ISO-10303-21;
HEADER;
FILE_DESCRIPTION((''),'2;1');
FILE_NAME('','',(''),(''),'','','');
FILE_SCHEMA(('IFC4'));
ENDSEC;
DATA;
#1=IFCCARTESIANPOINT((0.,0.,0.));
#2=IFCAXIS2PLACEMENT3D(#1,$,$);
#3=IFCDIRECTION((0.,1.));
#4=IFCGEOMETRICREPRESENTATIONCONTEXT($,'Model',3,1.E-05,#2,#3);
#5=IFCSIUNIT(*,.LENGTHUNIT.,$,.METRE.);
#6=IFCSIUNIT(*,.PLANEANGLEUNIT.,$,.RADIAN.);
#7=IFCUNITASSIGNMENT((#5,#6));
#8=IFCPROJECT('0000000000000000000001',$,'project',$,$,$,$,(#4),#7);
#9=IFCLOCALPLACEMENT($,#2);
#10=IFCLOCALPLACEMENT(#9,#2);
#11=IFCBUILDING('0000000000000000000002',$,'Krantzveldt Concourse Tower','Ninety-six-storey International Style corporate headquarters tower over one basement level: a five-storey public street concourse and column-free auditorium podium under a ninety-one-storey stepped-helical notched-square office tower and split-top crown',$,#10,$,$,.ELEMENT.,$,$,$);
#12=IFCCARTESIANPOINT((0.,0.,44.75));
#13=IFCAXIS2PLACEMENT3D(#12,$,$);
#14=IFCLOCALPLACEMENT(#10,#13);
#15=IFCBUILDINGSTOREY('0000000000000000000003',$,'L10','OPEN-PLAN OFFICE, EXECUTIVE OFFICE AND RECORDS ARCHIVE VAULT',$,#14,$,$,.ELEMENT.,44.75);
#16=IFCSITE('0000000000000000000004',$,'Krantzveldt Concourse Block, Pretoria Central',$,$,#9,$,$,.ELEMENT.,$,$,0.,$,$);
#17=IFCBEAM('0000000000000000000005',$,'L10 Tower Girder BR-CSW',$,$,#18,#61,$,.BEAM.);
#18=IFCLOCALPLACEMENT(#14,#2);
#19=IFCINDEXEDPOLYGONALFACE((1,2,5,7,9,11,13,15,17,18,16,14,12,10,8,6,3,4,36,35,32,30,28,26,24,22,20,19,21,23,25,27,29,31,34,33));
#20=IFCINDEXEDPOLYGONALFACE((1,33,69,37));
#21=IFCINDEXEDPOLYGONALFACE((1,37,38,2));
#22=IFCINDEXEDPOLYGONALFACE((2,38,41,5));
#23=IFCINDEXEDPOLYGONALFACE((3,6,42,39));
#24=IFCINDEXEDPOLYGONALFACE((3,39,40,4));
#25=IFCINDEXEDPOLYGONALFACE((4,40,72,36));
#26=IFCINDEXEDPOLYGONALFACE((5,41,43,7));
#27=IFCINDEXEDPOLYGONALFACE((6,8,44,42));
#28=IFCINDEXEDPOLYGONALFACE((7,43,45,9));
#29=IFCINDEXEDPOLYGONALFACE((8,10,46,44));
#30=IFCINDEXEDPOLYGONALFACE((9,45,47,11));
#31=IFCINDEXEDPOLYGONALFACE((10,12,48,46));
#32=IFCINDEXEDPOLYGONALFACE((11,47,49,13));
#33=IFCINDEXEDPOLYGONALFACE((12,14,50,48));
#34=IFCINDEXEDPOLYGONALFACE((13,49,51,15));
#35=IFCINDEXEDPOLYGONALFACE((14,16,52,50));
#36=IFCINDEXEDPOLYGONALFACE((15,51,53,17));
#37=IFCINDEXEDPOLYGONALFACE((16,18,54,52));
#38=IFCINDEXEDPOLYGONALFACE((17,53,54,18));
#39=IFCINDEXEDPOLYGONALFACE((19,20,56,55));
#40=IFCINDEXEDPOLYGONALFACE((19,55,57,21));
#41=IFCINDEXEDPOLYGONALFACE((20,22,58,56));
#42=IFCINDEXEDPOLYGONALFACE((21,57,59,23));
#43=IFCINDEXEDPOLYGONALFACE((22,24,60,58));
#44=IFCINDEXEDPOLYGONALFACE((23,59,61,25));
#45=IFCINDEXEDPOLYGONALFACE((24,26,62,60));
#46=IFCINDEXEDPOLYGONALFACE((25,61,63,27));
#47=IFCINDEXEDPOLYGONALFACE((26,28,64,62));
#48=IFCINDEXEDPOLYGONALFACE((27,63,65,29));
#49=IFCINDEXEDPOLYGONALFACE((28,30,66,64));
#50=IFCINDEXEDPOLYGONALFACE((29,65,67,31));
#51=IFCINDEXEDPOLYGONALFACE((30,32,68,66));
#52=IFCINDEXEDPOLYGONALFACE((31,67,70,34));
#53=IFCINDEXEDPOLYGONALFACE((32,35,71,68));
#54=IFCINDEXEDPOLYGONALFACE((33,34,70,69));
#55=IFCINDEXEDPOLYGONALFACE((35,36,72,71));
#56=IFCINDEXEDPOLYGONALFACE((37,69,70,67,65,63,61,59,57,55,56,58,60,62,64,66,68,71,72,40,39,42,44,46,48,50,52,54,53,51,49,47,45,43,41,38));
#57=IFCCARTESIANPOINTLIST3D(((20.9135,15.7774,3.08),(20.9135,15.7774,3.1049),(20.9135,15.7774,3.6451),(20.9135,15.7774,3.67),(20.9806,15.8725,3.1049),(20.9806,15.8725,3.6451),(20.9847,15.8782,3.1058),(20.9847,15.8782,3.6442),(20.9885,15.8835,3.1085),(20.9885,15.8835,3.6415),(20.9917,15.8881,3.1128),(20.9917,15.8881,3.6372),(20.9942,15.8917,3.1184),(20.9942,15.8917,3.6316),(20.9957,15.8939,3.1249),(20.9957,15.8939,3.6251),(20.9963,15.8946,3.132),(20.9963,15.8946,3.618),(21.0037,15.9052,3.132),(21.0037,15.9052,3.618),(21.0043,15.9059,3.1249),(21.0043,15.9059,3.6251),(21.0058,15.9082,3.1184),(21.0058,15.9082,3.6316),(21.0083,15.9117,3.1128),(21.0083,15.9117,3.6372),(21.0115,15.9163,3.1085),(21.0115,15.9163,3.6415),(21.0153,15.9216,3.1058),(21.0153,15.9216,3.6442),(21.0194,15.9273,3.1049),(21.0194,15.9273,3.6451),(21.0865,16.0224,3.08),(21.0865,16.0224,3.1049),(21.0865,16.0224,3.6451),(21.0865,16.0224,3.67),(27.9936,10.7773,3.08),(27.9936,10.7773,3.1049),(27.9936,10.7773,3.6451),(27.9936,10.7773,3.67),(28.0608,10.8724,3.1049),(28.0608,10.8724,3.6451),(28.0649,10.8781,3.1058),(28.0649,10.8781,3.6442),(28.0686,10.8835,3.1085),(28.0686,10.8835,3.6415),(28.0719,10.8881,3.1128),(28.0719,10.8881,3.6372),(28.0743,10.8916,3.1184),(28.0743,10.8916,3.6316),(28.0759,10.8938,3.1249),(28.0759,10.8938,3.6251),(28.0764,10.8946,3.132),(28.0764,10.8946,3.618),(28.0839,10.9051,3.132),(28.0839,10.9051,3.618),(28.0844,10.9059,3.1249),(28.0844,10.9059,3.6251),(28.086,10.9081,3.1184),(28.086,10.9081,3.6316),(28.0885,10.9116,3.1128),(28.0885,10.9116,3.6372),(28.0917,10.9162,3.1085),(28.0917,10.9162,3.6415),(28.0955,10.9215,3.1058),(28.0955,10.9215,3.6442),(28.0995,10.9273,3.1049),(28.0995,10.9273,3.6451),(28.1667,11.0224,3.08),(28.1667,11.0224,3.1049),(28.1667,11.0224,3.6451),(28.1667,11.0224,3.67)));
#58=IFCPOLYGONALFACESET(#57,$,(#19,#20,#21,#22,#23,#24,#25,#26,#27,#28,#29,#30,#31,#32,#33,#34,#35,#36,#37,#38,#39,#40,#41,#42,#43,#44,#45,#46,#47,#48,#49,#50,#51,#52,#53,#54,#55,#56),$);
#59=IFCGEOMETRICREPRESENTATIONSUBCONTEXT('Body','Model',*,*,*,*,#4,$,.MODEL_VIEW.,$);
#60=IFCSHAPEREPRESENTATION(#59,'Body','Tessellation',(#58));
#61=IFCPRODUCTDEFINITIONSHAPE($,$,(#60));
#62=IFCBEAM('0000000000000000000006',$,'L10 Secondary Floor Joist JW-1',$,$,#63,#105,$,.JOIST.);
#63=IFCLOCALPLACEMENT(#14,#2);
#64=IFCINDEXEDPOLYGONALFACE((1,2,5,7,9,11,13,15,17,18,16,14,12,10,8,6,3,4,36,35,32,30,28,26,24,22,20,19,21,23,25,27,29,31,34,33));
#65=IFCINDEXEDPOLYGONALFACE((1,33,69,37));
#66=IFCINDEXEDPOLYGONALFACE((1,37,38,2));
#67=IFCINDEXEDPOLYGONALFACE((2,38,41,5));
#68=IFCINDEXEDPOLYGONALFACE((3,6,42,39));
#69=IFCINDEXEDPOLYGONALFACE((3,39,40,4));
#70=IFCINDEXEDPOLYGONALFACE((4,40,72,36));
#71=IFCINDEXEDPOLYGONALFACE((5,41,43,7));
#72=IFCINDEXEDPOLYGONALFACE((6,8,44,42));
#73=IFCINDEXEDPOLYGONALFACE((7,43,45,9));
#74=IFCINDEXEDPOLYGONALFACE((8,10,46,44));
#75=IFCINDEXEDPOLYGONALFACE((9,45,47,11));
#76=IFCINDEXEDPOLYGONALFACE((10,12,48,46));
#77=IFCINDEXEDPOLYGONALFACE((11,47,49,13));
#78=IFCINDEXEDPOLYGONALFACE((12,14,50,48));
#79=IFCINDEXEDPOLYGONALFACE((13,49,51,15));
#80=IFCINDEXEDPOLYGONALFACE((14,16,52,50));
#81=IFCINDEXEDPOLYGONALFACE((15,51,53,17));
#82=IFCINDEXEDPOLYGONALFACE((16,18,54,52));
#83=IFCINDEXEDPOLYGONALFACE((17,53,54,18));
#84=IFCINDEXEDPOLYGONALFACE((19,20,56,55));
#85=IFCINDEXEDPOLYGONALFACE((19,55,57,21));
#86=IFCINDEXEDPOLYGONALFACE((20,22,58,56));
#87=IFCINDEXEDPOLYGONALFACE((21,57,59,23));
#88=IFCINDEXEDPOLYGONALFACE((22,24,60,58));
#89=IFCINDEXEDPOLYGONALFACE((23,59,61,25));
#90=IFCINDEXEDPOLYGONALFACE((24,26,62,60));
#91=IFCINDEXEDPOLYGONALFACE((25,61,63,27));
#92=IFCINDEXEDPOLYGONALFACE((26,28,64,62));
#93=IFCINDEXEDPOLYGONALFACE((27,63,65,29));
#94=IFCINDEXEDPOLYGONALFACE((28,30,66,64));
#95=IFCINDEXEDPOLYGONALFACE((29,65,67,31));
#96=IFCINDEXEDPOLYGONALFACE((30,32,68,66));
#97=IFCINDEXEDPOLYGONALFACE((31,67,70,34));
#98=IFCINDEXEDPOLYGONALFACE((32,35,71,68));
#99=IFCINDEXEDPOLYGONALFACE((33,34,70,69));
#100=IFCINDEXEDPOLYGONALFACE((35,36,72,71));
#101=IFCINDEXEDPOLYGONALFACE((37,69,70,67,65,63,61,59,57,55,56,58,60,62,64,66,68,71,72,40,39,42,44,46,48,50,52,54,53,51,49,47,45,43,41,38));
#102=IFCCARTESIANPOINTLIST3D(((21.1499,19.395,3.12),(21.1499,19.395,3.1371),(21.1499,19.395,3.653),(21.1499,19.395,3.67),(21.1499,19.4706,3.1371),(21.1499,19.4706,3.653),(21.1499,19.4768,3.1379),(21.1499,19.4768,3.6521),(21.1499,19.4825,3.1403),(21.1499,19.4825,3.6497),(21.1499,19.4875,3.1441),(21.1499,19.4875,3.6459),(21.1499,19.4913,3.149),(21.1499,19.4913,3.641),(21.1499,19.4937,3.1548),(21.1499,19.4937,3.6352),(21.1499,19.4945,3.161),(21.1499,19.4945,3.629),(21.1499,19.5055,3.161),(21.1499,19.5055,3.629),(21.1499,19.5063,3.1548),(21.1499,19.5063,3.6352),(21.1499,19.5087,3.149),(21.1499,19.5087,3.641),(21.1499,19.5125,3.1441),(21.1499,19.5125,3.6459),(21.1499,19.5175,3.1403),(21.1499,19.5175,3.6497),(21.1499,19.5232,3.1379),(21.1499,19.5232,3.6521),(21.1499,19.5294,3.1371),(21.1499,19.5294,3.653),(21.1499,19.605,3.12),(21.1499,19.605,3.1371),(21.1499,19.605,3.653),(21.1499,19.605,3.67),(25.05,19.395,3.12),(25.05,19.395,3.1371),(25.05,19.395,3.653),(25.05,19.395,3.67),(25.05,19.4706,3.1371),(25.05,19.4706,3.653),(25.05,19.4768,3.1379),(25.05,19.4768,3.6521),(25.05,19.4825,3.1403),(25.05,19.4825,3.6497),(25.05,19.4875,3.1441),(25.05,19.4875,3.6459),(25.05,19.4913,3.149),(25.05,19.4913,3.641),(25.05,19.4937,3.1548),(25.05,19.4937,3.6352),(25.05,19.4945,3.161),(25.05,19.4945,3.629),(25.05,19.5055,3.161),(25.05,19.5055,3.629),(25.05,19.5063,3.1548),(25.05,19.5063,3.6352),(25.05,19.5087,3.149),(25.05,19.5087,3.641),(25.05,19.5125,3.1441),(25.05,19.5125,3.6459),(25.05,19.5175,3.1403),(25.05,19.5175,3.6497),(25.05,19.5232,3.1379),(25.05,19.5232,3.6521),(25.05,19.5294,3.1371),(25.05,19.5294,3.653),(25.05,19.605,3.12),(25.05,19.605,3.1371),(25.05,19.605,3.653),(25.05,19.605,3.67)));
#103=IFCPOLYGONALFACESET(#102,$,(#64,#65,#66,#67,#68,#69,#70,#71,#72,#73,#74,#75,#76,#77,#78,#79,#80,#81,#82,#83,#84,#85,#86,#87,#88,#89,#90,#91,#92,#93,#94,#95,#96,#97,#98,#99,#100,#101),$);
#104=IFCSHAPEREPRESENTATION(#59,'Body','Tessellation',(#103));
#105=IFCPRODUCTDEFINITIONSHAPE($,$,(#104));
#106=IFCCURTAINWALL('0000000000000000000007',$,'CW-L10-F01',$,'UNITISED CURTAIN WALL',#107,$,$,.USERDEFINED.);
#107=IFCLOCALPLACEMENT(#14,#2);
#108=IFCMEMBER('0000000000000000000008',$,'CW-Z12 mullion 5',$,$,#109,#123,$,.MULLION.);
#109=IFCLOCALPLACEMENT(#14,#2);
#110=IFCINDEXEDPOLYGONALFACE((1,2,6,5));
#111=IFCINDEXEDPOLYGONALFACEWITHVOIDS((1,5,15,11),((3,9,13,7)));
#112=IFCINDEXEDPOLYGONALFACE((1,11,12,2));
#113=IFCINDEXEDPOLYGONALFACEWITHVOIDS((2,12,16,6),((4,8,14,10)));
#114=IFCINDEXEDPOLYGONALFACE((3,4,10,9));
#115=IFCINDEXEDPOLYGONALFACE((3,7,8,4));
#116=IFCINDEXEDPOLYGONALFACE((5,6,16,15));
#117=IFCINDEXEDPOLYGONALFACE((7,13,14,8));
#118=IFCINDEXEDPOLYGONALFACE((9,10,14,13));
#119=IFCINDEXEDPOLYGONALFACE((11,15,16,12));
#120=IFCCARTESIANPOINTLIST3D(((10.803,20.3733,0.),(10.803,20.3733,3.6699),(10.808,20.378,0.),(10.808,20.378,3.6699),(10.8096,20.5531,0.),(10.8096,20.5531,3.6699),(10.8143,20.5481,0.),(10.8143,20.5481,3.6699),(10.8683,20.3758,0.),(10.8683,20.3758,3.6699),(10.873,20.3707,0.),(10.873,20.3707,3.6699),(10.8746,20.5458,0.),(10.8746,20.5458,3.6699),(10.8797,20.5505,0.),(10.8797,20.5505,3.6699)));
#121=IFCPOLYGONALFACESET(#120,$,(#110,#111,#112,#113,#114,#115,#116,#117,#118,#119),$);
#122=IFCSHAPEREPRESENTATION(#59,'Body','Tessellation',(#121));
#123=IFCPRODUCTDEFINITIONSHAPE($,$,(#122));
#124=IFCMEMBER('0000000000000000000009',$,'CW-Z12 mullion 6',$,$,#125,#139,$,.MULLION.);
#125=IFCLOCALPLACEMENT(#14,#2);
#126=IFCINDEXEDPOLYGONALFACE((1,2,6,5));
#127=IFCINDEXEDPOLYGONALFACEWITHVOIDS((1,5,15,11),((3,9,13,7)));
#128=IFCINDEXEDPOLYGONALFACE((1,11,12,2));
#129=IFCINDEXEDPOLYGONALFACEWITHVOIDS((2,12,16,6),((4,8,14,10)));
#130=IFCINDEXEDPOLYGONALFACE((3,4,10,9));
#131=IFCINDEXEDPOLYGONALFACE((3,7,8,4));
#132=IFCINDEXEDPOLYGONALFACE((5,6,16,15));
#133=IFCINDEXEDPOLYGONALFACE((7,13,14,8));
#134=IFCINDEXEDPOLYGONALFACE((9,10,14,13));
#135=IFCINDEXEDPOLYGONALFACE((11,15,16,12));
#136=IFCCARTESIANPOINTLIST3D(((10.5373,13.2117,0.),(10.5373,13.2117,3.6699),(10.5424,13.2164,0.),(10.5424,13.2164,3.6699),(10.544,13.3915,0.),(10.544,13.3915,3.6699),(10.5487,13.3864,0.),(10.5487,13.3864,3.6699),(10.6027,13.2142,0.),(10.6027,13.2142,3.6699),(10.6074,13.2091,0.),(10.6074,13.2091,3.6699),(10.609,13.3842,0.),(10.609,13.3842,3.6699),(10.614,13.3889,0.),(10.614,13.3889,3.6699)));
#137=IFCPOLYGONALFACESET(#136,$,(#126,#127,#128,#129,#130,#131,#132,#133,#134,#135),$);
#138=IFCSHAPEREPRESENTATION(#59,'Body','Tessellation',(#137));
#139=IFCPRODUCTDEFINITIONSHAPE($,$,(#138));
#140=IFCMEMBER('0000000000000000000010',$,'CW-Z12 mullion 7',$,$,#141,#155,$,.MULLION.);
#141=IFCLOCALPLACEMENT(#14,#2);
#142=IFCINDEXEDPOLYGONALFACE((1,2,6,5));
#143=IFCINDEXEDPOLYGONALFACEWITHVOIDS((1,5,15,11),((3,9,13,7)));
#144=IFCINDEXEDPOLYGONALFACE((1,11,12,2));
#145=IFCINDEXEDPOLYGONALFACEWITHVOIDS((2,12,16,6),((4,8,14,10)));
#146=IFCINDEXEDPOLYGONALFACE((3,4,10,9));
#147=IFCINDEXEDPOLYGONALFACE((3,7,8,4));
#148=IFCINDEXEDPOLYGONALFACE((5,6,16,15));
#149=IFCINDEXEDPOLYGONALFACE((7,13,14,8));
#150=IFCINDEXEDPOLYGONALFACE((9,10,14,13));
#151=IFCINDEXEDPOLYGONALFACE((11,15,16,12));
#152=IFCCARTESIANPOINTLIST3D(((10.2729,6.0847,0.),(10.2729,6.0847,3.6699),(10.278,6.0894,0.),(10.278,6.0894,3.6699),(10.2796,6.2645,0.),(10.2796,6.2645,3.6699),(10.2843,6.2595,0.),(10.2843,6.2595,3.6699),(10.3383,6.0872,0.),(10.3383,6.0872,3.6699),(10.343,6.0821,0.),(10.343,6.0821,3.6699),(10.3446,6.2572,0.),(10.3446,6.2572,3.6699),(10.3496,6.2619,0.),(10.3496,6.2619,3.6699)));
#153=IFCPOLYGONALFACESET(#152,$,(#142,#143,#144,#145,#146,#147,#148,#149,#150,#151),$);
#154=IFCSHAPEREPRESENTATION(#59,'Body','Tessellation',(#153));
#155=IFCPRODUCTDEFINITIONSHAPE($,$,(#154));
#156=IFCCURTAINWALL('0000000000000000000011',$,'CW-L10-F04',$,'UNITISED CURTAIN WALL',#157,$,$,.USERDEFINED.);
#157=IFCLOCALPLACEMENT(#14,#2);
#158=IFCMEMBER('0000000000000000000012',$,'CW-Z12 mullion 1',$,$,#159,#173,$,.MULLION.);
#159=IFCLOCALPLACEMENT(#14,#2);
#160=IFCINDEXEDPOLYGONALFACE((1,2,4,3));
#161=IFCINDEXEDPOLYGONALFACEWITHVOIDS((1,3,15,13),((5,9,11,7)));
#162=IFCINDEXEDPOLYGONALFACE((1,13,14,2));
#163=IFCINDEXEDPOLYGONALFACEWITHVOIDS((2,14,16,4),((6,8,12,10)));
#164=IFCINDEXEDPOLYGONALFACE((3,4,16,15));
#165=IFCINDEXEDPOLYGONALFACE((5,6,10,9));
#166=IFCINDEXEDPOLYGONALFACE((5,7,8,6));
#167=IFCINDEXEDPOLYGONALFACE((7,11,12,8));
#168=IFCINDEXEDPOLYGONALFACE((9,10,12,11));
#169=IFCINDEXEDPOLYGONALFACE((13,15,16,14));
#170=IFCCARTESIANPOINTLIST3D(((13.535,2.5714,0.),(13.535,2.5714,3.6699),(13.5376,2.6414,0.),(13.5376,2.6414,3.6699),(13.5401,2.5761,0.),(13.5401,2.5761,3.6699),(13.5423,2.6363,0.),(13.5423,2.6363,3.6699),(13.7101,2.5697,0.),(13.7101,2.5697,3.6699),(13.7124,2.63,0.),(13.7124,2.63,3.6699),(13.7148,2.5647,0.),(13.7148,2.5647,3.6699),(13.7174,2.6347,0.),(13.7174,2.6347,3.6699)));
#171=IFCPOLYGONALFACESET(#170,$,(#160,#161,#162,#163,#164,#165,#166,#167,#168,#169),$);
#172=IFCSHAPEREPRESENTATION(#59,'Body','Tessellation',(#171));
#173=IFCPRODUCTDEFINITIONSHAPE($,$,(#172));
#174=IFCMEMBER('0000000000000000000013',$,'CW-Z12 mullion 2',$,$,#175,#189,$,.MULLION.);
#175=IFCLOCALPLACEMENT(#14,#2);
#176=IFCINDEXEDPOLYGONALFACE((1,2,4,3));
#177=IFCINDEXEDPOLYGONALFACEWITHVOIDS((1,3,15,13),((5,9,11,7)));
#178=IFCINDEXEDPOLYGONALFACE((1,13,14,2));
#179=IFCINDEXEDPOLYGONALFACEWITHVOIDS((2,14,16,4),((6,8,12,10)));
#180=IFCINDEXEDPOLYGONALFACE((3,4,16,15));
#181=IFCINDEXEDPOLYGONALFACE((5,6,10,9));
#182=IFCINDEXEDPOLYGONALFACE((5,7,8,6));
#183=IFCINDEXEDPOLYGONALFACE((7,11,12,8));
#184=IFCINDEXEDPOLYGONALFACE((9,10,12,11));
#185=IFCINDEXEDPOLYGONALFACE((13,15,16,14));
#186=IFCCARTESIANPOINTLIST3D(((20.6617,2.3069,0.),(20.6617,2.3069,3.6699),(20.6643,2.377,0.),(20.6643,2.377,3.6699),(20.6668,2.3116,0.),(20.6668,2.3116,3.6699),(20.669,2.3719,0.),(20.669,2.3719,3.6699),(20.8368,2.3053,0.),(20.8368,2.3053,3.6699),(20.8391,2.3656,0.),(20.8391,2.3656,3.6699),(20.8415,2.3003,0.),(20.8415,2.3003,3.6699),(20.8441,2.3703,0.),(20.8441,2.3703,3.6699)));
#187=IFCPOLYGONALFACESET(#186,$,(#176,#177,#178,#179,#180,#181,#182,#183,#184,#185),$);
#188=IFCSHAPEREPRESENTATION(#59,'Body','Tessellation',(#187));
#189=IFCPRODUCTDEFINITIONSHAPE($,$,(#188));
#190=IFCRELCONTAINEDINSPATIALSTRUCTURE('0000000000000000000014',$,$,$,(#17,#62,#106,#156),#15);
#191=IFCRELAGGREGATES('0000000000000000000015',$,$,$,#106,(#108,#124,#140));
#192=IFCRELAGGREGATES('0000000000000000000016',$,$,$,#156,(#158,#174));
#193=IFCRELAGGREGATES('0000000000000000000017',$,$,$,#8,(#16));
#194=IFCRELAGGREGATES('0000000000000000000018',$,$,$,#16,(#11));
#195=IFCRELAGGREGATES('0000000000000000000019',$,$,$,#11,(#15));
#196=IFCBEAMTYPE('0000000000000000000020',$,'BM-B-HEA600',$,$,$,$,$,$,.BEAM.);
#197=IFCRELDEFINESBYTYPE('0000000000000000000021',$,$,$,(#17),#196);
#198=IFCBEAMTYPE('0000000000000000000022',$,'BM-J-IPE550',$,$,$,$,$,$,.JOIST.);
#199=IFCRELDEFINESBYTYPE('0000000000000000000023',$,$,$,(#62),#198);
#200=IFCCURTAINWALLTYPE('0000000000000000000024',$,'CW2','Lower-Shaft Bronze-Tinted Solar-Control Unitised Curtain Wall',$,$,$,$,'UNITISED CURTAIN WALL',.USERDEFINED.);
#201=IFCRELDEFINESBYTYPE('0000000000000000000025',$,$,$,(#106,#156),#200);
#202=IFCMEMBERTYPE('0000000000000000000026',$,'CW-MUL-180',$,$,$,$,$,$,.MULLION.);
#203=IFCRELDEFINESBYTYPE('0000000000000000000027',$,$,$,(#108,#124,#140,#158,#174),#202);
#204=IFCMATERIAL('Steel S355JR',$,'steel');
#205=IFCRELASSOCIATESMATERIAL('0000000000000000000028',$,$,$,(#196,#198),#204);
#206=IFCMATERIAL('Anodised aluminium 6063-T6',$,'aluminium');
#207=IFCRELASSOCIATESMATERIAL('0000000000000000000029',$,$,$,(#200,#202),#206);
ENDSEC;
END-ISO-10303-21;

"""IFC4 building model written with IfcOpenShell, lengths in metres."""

from ifc_helpers import new_model, si_unit, direction, frame, origin, origin_2d, place, context, subcontext, project, spatial, hollow_rectangle, i_section, extrude, source, transform, mapped, material, material_profile, profile_set, type_object, type_shapes, element, aggregate, save


model = new_model("IFC4")

# Units and contexts
model_context = context("Model", 3, precision=1e-05, world=origin(), true_north=direction((0.0, 1.0)))
body_context = subcontext(model_context, "Body", "Model", "MODEL_VIEW")
ifc_project = project(units=[si_unit("LENGTHUNIT", "METRE"), si_unit("PLANEANGLEUNIT", "RADIAN")], contexts=[model_context])

# Site, building, storey
site_placement = place(None, origin())
site = spatial("IfcSite", under=ifc_project, at=site_placement, Name="Krantzveldt Concourse Block, Pretoria Central", CompositionType="ELEMENT", RefElevation=0.0)
building_placement = place(site_placement, origin())
building = spatial("IfcBuilding", under=site, at=building_placement, Name="Krantzveldt Concourse Tower", Description="Ninety-six-storey International Style corporate headquarters tower over one basement level: a five-storey public street concourse and column-free auditorium podium under a ninety-one-storey stepped-helical notched-square office tower and split-top crown", CompositionType="ELEMENT")
storey_placement = place(building_placement, frame((0.0, 0.0, 44.75)))
storey = spatial("IfcBuildingStorey", under=building, at=storey_placement, Name="L10", Description="OPEN-PLAN OFFICE, EXECUTIVE OFFICE AND RECORDS ARCHIVE VAULT", CompositionType="ELEMENT", Elevation=44.75)

# Beams
ifc_material_1 = material(Name="Steel S355JR", Category="steel")
ifc_material_profile_1 = material_profile(ifc_material_1, i_section(OverallWidth=0.3, OverallDepth=0.5901, WebThickness=0.0129, FlangeThickness=0.0249, FilletRadius=0.0271, at=origin_2d()), Name="Steel S355JR", Category="steel")
ifc_profile_set_1 = profile_set([ifc_material_profile_1], Name="Steel S355JR - HEA 600")
beam_type_1 = type_object("IfcBeamType", Name="BM-B-HEA600", PredefinedType="BEAM", material=ifc_profile_set_1)
shared_shape_1 = source(origin(), body_context, "Body", "SweptSolid", [
    extrude(i_section(OverallWidth=0.3, OverallDepth=0.5901, WebThickness=0.0129, FlangeThickness=0.0249, FilletRadius=0.0271, at=origin_2d()), origin(), (0.0, 0.0, 1.0), 8.6677),
])
beam_1_placement = place(storey_placement, frame((21.0, 15.8999, 3.375), z_axis=(0.816843, -0.57686, 0.0), x_axis=(0.57686, 0.816843, 0.0)))
element("IfcBeam", 1, at=beam_1_placement, inside=storey, type_object=beam_type_1, Name="L10 Tower Girder BR-CSW", PredefinedType="BEAM", context=body_context, shape_type="MappedRepresentation", body=[
    mapped(shared_shape_1, transform((0.0, 0.0, 0.0), x_axis=(1.0, 0.0, 0.0), y_axis=(0.0, 1.0, 0.0), z_axis=(0.0, 0.0, 1.0), scale=1.0)),
])
ifc_material_profile_2 = material_profile(ifc_material_1, i_section(OverallWidth=0.21, OverallDepth=0.55, WebThickness=0.011, FlangeThickness=0.0171, FilletRadius=0.0239, at=origin_2d()), Name="Steel S355JR", Category="steel")
ifc_profile_set_2 = profile_set([ifc_material_profile_2], Name="Steel S355JR - IPE 550")
beam_type_2 = type_object("IfcBeamType", Name="BM-J-IPE550", PredefinedType="JOIST", material=ifc_profile_set_2)
shared_shape_2 = source(origin(), body_context, "Body", "SweptSolid", [
    extrude(i_section(OverallWidth=0.21, OverallDepth=0.55, WebThickness=0.011, FlangeThickness=0.0171, FilletRadius=0.0239, at=origin_2d()), origin(), (0.0, 0.0, 1.0), 3.9001),
])
type_shapes(beam_type_2, [shared_shape_2])
beam_2_placement = place(storey_placement, frame((21.1499, 19.5, 3.395), z_axis=(1.0, 0.0, 0.0), x_axis=(0.0, 1.0, 0.0)))
element("IfcBeam", 2, at=beam_2_placement, inside=storey, type_object=beam_type_2, Name="L10 Secondary Floor Joist JW-1", PredefinedType="JOIST", context=body_context, shape_type="MappedRepresentation", body=[
    mapped(shared_shape_2, transform((0.0, 0.0, 0.0), x_axis=(1.0, 0.0, 0.0), y_axis=(0.0, 1.0, 0.0), z_axis=(0.0, 0.0, 1.0), scale=1.0)),
])

# Curtain walls, members
ifc_material_2 = material(Name="Anodised aluminium 6063-T6", Category="aluminium")
curtain_wall_type = type_object("IfcCurtainWallType", Name="CW2", Description="Lower-Shaft Bronze-Tinted Solar-Control Unitised Curtain Wall", ElementType="UNITISED CURTAIN WALL", PredefinedType="USERDEFINED", material=ifc_material_2)
curtain_wall_1_placement = place(storey_placement, origin())
curtain_wall_1 = element("IfcCurtainWall", 3, at=curtain_wall_1_placement, inside=storey, type_object=curtain_wall_type, Name="CW-L10-F01", ObjectType="UNITISED CURTAIN WALL", PredefinedType="USERDEFINED")
ifc_material_profile_3 = material_profile(ifc_material_2, hollow_rectangle(XDim=0.0701, YDim=0.1799, WallThickness=0.0049, at=origin_2d()), Name="Anodised aluminium 6063-T6", Category="aluminium")
ifc_profile_set_3 = profile_set([ifc_material_profile_3], Name="Anodised aluminium 6063-T6 - ALU-MULL 180x70x5")
member_type_1 = type_object("IfcMemberType", Name="CW-MUL-180", PredefinedType="MULLION", material=ifc_profile_set_3)
shared_shape_3 = source(origin(), body_context, "Body", "SweptSolid", [
    extrude(hollow_rectangle(XDim=0.0701, YDim=0.1799, WallThickness=0.0049, at=origin_2d()), origin(), (0.0, 0.0, 1.0), 3.6699),
])
type_shapes(member_type_1, [shared_shape_3])
member_1_placement = place(storey_placement, frame((10.8413, 20.4619, 0.0), z_axis=(0.0, 0.0, 1.0), x_axis=(0.999312, -0.03708, 0.0)))
member_1 = element("IfcMember", 4, at=member_1_placement, type_object=member_type_1, Name="CW-Z12 mullion 5", PredefinedType="MULLION", context=body_context, shape_type="MappedRepresentation", body=[
    mapped(shared_shape_3, transform((0.0, 0.0, 0.0), x_axis=(1.0, 0.0, 0.0), y_axis=(0.0, 1.0, 0.0), z_axis=(0.0, 0.0, 1.0), scale=1.0)),
])
member_2_placement = place(storey_placement, frame((10.5757, 13.3003, 0.0), z_axis=(0.0, 0.0, 1.0), x_axis=(0.999312, -0.03708, 0.0)))
member_2 = element("IfcMember", 5, at=member_2_placement, type_object=member_type_1, Name="CW-Z12 mullion 6", PredefinedType="MULLION", context=body_context, shape_type="MappedRepresentation", body=[
    mapped(shared_shape_3, transform((0.0, 0.0, 0.0), x_axis=(1.0, 0.0, 0.0), y_axis=(0.0, 1.0, 0.0), z_axis=(0.0, 0.0, 1.0), scale=1.0)),
])
member_3_placement = place(storey_placement, frame((10.3113, 6.1733, 0.0), z_axis=(0.0, 0.0, 1.0), x_axis=(0.999312, -0.03708, 0.0)))
member_3 = element("IfcMember", 6, at=member_3_placement, type_object=member_type_1, Name="CW-Z12 mullion 7", PredefinedType="MULLION", context=body_context, shape_type="MappedRepresentation", body=[
    mapped(shared_shape_3, transform((0.0, 0.0, 0.0), x_axis=(1.0, 0.0, 0.0), y_axis=(0.0, 1.0, 0.0), z_axis=(0.0, 0.0, 1.0), scale=1.0)),
])
curtain_wall_2_placement = place(storey_placement, origin())
curtain_wall_2 = element("IfcCurtainWall", 7, at=curtain_wall_2_placement, inside=storey, type_object=curtain_wall_type, Name="CW-L10-F04", ObjectType="UNITISED CURTAIN WALL", PredefinedType="USERDEFINED")
member_4_placement = place(storey_placement, frame((13.6262, 2.603, 0.0), z_axis=(0.0, 0.0, 1.0), x_axis=(0.03708, 0.999312, 0.0)))
member_4 = element("IfcMember", 8, at=member_4_placement, type_object=member_type_1, Name="CW-Z12 mullion 1", PredefinedType="MULLION", context=body_context, shape_type="MappedRepresentation", body=[
    mapped(shared_shape_3, transform((0.0, 0.0, 0.0), x_axis=(1.0, 0.0, 0.0), y_axis=(0.0, 1.0, 0.0), z_axis=(0.0, 0.0, 1.0), scale=1.0)),
])
member_5_placement = place(storey_placement, frame((20.7529, 2.3386, 0.0), z_axis=(0.0, 0.0, 1.0), x_axis=(0.03708, 0.999312, 0.0)))
member_5 = element("IfcMember", 9, at=member_5_placement, type_object=member_type_1, Name="CW-Z12 mullion 2", PredefinedType="MULLION", context=body_context, shape_type="MappedRepresentation", body=[
    mapped(shared_shape_3, transform((0.0, 0.0, 0.0), x_axis=(1.0, 0.0, 0.0), y_axis=(0.0, 1.0, 0.0), z_axis=(0.0, 0.0, 1.0), scale=1.0)),
])

aggregate(curtain_wall_1, [member_1, member_2, member_3])
aggregate(curtain_wall_2, [member_4, member_5])

save(model, "model.ifc")
